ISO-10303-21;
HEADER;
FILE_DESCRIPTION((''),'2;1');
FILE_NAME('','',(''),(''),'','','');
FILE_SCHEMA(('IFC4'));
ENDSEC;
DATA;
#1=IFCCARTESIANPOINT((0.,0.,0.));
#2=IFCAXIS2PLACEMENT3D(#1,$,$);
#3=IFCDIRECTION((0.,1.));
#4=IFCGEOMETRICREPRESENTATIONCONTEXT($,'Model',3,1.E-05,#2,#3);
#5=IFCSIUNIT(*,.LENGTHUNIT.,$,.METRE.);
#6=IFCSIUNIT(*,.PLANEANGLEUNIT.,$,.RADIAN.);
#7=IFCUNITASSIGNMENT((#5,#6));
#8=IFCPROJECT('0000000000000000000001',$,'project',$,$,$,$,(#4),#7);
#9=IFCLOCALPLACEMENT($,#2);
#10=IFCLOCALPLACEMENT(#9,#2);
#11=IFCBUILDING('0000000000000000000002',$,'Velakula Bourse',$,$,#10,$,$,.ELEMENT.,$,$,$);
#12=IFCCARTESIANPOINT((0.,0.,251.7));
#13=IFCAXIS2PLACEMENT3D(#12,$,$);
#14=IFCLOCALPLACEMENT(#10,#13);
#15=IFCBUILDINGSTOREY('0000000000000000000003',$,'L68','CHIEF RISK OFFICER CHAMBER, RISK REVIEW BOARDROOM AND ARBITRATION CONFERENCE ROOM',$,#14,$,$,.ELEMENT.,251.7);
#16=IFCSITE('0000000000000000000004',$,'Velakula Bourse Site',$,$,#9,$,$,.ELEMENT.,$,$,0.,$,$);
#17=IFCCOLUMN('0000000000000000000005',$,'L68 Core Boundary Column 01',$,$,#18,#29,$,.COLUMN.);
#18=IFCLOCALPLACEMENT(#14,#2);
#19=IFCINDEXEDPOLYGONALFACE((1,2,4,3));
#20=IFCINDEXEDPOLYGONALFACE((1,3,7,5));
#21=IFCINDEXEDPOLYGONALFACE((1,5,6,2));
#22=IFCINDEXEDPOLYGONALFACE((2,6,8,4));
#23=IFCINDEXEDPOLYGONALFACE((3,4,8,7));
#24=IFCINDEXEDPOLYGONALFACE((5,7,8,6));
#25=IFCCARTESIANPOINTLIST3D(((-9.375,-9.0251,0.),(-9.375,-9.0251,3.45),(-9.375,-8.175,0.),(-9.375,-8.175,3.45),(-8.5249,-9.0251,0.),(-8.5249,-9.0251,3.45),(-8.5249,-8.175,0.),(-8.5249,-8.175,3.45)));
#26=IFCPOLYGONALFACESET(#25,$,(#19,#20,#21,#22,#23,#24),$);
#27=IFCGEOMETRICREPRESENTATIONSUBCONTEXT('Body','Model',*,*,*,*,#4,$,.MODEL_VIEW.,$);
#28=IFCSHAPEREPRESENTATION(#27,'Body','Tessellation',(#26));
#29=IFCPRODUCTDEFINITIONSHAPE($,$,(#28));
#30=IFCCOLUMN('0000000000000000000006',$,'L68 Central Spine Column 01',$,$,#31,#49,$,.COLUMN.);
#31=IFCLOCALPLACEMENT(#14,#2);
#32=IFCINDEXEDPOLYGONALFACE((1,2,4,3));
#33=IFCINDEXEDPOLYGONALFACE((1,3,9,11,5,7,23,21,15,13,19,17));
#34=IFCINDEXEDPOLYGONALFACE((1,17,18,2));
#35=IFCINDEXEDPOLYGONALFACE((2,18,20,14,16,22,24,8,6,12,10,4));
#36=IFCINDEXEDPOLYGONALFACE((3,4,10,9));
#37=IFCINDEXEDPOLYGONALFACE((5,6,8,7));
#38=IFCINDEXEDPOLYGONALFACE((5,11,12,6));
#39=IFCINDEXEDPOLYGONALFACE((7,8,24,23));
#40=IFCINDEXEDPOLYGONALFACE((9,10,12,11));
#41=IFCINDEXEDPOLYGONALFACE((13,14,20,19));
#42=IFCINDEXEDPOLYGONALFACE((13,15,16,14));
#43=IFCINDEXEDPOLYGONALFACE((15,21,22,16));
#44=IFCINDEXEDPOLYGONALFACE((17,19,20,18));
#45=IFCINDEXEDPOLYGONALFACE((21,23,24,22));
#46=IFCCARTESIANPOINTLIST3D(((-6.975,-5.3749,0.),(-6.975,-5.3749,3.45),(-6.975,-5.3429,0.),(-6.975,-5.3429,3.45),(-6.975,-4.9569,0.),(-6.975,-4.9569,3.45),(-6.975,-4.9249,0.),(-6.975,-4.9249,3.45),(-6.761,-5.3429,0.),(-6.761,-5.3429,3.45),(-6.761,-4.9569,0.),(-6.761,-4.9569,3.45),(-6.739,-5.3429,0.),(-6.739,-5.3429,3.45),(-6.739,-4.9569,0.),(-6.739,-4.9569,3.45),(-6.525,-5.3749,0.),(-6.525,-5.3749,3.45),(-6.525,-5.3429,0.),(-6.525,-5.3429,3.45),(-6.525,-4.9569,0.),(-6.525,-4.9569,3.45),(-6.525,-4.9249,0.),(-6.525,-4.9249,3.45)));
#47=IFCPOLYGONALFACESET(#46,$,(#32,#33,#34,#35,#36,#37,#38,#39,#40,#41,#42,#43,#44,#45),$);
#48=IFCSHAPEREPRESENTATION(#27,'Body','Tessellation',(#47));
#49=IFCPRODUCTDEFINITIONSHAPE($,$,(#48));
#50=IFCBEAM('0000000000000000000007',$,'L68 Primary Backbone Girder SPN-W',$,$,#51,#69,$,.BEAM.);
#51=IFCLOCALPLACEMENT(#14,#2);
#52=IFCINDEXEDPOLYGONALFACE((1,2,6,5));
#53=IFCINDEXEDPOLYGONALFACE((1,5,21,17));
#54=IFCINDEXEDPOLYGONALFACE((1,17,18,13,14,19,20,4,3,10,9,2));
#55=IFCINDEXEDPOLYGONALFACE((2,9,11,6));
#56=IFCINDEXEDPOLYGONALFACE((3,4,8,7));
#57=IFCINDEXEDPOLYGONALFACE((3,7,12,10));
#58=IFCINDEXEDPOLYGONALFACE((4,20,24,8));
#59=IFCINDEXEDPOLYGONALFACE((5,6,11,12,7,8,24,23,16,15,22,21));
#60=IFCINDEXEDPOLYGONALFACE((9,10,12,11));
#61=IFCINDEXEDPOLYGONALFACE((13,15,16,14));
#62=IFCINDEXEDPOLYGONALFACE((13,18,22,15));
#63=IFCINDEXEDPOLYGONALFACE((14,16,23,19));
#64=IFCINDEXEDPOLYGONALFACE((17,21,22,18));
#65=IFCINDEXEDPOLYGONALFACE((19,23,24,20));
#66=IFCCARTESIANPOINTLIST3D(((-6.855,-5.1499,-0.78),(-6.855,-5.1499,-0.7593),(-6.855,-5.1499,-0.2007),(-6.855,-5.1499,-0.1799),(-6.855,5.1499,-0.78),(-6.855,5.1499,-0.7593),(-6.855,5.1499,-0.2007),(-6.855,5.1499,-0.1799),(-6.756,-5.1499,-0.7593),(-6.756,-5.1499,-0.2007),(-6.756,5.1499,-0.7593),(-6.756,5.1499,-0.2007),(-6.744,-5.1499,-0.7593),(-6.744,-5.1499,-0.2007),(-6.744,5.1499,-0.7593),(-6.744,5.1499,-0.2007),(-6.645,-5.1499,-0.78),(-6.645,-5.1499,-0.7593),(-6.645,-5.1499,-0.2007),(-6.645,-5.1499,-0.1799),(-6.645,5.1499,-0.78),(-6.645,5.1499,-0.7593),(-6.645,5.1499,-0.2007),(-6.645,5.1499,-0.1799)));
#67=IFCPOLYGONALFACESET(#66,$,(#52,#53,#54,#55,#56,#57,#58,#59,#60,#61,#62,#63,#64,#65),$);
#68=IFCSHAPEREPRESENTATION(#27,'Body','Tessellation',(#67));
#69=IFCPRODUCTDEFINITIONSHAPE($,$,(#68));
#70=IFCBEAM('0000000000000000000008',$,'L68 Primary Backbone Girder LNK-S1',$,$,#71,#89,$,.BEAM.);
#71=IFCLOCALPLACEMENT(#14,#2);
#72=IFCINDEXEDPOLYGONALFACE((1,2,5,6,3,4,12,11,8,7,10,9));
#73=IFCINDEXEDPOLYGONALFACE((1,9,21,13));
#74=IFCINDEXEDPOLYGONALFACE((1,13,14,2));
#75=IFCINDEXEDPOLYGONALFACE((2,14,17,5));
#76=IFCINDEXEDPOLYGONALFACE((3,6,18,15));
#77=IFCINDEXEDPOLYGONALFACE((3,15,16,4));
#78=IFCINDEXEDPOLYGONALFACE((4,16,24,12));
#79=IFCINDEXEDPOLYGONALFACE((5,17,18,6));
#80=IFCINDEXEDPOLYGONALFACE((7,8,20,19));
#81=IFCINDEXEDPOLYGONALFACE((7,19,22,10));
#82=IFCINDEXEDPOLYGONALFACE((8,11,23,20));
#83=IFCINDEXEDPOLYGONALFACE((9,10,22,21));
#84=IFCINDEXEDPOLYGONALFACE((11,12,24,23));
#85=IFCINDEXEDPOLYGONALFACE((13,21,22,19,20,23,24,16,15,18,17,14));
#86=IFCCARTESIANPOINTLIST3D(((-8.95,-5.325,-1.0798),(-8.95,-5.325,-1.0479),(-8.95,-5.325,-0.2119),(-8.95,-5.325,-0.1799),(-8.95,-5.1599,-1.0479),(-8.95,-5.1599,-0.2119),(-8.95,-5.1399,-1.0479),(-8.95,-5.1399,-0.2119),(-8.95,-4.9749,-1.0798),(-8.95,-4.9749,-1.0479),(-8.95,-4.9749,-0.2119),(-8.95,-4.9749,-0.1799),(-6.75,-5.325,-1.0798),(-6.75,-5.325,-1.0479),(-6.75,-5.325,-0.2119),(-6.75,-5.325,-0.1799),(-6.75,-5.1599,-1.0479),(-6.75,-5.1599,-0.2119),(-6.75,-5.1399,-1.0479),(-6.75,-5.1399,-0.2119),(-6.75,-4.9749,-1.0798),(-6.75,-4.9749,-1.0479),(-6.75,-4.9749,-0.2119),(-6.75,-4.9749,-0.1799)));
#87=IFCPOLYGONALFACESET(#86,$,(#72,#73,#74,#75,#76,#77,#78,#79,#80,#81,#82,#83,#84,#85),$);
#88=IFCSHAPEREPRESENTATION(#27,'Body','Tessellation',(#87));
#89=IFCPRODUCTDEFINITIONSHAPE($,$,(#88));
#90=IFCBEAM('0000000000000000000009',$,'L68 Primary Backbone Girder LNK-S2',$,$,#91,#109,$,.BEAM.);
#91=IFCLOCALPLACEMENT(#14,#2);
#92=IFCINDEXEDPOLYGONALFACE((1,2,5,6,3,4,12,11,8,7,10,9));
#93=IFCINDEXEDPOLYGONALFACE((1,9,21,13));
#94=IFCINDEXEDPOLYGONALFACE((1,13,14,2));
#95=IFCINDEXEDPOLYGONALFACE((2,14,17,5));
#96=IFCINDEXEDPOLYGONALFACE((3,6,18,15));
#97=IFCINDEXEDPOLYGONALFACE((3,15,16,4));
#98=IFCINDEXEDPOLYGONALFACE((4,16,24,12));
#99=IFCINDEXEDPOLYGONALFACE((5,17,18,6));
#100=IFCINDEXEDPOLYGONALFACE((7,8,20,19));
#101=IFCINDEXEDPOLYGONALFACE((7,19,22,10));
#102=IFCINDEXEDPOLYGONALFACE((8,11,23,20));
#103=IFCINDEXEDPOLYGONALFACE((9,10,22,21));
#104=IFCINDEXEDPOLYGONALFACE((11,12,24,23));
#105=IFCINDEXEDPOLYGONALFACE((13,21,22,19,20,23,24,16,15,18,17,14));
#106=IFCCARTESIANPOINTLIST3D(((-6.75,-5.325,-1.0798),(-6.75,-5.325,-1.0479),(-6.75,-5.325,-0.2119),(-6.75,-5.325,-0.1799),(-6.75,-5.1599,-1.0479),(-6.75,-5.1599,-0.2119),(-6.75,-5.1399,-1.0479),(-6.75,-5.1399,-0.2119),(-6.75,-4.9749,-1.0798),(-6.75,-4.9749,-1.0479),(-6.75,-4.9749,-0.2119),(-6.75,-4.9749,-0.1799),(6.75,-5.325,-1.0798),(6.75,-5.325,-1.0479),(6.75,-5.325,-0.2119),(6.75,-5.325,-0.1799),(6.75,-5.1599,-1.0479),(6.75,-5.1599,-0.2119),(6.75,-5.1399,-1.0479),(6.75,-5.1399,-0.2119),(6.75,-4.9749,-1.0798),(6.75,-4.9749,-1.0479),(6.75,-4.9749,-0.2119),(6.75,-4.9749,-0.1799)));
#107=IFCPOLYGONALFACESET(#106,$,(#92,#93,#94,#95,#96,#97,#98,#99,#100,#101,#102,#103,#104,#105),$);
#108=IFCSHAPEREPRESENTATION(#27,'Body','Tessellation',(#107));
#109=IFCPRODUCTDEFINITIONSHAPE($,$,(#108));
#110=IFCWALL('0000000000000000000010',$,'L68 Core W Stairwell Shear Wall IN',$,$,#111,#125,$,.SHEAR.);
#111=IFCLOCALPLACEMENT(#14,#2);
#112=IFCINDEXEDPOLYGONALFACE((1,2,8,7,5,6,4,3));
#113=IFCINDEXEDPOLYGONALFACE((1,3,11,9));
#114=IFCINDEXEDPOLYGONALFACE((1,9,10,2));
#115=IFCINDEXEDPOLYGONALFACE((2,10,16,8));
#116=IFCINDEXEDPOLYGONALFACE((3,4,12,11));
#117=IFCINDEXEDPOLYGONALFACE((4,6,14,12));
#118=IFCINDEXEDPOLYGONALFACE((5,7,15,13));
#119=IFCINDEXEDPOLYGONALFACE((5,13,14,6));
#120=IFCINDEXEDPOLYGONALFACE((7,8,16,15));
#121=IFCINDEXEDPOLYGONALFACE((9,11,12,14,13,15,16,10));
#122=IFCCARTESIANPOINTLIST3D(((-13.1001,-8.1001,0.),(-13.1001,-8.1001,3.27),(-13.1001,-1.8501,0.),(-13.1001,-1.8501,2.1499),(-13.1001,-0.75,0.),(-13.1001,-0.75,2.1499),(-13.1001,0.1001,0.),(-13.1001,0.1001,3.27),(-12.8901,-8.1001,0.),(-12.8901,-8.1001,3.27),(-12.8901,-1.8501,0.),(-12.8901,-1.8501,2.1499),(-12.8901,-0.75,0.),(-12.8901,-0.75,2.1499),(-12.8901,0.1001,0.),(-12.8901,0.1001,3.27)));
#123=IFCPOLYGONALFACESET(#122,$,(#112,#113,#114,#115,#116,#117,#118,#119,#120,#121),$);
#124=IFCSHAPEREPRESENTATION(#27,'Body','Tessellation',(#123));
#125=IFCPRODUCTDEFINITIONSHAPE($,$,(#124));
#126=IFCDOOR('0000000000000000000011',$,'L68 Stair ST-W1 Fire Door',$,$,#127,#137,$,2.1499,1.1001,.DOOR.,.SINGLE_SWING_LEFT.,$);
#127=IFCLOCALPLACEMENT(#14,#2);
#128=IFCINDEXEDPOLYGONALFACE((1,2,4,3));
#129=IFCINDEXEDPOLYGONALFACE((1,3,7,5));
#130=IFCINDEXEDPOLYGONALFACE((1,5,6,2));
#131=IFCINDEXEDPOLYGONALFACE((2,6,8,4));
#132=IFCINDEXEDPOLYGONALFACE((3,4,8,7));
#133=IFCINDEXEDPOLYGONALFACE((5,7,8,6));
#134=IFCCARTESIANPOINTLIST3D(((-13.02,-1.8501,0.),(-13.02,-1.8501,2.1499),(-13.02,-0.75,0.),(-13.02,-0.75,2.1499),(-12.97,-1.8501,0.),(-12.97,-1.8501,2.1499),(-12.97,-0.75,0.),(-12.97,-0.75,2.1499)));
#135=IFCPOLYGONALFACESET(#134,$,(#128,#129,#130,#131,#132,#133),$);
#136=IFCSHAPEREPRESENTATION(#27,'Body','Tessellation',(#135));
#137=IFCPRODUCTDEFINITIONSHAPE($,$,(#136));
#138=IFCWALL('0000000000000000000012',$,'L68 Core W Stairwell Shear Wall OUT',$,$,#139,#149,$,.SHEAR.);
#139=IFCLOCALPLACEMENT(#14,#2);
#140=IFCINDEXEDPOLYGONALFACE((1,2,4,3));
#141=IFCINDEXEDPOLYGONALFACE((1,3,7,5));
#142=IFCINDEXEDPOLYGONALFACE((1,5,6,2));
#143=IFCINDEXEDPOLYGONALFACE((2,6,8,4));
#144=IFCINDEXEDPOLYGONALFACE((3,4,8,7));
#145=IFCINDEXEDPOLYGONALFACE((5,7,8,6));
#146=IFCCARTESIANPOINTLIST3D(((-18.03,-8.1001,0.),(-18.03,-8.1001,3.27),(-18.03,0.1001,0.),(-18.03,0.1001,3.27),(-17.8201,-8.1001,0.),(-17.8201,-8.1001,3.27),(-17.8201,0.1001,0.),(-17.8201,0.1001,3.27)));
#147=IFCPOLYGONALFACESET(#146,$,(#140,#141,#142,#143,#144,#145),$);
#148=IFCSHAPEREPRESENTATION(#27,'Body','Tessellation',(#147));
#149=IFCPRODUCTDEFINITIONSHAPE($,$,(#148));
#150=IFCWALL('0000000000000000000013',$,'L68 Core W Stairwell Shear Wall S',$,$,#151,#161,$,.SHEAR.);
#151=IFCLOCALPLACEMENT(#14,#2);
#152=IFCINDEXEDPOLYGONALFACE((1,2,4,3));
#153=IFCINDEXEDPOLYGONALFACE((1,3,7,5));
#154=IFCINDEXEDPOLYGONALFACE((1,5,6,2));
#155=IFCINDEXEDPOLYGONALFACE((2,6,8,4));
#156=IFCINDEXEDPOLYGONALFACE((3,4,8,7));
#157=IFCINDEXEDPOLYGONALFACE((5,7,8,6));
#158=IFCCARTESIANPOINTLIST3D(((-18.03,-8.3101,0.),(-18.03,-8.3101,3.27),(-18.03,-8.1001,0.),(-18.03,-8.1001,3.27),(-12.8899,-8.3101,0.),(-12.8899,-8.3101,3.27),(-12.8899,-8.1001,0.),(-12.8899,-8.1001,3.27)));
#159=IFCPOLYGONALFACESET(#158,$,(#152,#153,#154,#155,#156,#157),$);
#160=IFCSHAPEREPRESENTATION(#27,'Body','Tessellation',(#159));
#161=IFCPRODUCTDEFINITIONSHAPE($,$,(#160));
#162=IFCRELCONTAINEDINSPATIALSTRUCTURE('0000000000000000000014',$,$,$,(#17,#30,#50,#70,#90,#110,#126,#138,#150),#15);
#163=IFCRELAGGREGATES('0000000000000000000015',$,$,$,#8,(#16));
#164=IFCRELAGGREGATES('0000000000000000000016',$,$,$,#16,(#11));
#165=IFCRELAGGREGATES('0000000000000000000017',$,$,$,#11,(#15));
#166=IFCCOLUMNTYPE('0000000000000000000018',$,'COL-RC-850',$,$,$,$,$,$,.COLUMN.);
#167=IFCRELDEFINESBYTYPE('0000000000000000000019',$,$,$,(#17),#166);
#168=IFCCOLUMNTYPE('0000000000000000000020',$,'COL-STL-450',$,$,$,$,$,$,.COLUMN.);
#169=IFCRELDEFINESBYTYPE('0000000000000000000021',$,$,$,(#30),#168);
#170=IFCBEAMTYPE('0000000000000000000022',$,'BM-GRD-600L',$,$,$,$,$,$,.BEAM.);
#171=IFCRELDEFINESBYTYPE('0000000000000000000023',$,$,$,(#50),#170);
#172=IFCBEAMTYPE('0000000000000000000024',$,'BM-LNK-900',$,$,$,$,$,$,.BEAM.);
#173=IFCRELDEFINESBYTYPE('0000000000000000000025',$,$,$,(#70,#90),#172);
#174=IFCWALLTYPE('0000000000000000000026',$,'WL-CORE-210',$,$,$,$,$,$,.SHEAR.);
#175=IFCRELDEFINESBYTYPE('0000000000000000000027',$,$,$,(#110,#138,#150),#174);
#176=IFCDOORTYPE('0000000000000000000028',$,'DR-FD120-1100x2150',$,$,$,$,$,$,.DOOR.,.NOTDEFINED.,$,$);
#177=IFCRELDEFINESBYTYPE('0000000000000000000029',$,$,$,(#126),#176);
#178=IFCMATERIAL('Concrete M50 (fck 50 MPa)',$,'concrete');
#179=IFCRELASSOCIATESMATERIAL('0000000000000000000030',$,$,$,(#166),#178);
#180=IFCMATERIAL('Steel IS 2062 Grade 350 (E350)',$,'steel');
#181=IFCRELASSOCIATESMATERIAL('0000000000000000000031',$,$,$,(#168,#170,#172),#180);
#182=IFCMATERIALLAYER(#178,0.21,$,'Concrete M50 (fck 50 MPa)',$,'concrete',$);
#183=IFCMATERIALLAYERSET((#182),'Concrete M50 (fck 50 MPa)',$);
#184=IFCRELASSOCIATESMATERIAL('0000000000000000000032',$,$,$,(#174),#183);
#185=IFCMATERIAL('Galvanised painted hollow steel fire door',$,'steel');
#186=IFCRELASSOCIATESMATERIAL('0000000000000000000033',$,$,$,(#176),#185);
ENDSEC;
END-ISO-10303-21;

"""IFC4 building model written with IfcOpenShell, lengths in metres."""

from ifc_helpers import new_model, si_unit, direction, frame, frame_2d, origin, origin_2d, place, context, subcontext, project, spatial, rectangle, i_section, extrude, material, layer, layer_set, material_profile, profile_set, type_object, element, fill, save


model = new_model("IFC4")

# Units and contexts
model_context = context("Model", 3, precision=1e-05, world=origin(), true_north=direction((0.0, 1.0)))
body_context = subcontext(model_context, "Body", "Model", "MODEL_VIEW")
ifc_project = project(units=[si_unit("LENGTHUNIT", "METRE"), si_unit("PLANEANGLEUNIT", "RADIAN")], contexts=[model_context])

# Site, building, storey
site_placement = place(None, origin())
site = spatial("IfcSite", under=ifc_project, at=site_placement, Name="Velakula Bourse Site", CompositionType="ELEMENT", RefElevation=0.0)
building_placement = place(site_placement, origin())
building = spatial("IfcBuilding", under=site, at=building_placement, Name="Velakula Bourse", CompositionType="ELEMENT")
storey_placement = place(building_placement, frame((0.0, 0.0, 251.7)))
storey = spatial("IfcBuildingStorey", under=building, at=storey_placement, Name="L68", Description="CHIEF RISK OFFICER CHAMBER, RISK REVIEW BOARDROOM AND ARBITRATION CONFERENCE ROOM", CompositionType="ELEMENT", Elevation=251.7)

# Columns
ifc_material_1 = material(Name="Concrete M50 (fck 50 MPa)", Category="concrete")
ifc_material_profile_1 = material_profile(ifc_material_1, rectangle(XDim=0.8501, YDim=0.8501, at=origin_2d()), Name="Concrete M50 (fck 50 MPa)")
ifc_profile_set_1 = profile_set([ifc_material_profile_1], Name="Concrete M50 (fck 50 MPa)")
column_type_1 = type_object("IfcColumnType", Name="COL-RC-850", PredefinedType="COLUMN", material=ifc_profile_set_1)
column_1_placement = place(storey_placement, frame((-8.95, -8.6001, 0.0), z_axis=(0.0, 0.0, 1.0), x_axis=(1.0, 0.0, 0.0)))
element("IfcColumn", 1, at=column_1_placement, inside=storey, type_object=column_type_1, Name="L68 Core Boundary Column 01", PredefinedType="COLUMN", context=body_context, shape_type="SweptSolid", body=[
    extrude(rectangle(XDim=0.8501, YDim=0.8501, at=origin_2d()), origin(), (0.0, 0.0, 1.0), 3.45),
])
ifc_material_2 = material(Name="Steel IS 2062 Grade 350 (E350)", Category="steel")
ifc_material_profile_2 = material_profile(ifc_material_2, i_section(OverallWidth=0.45, OverallDepth=0.45, WebThickness=0.022, FlangeThickness=0.032, at=origin_2d()), Name="Steel IS 2062 Grade 350 (E350)")
ifc_profile_set_2 = profile_set([ifc_material_profile_2], Name="Steel IS 2062 Grade 350 (E350)")
column_type_2 = type_object("IfcColumnType", Name="COL-STL-450", PredefinedType="COLUMN", material=ifc_profile_set_2)
column_2_placement = place(storey_placement, frame((-6.75, -5.1499, 0.0), z_axis=(0.0, 0.0, 1.0), x_axis=(1.0, 0.0, 0.0)))
element("IfcColumn", 2, at=column_2_placement, inside=storey, type_object=column_type_2, Name="L68 Central Spine Column 01", PredefinedType="COLUMN", context=body_context, shape_type="SweptSolid", body=[
    extrude(i_section(OverallWidth=0.45, OverallDepth=0.45, WebThickness=0.022, FlangeThickness=0.032, at=origin_2d()), origin(), (0.0, 0.0, 1.0), 3.45),
])

# Beams
ifc_material_profile_3 = material_profile(ifc_material_2, i_section(OverallWidth=0.21, OverallDepth=0.6001, WebThickness=0.012, FlangeThickness=0.0208, at=origin_2d()), Name="Steel IS 2062 Grade 350 (E350)")
ifc_profile_set_3 = profile_set([ifc_material_profile_3], Name="Steel IS 2062 Grade 350 (E350)")
beam_type_1 = type_object("IfcBeamType", Name="BM-GRD-600L", PredefinedType="BEAM", material=ifc_profile_set_3)
beam_1_placement = place(storey_placement, frame((-6.75, -5.1499, -0.48), z_axis=(0.0, 1.0, 0.0), x_axis=(-1.0, 0.0, 0.0)))
element("IfcBeam", 3, at=beam_1_placement, inside=storey, type_object=beam_type_1, Name="L68 Primary Backbone Girder SPN-W", PredefinedType="BEAM", context=body_context, shape_type="SweptSolid", body=[
    extrude(i_section(OverallWidth=0.21, OverallDepth=0.6001, WebThickness=0.012, FlangeThickness=0.0208, at=origin_2d()), origin(), (0.0, 0.0, 1.0), 10.2998),
])
ifc_material_profile_4 = material_profile(ifc_material_2, i_section(OverallWidth=0.3501, OverallDepth=0.8999, WebThickness=0.02, FlangeThickness=0.032, at=origin_2d()), Name="Steel IS 2062 Grade 350 (E350)")
ifc_profile_set_4 = profile_set([ifc_material_profile_4], Name="Steel IS 2062 Grade 350 (E350)")
beam_type_2 = type_object("IfcBeamType", Name="BM-LNK-900", PredefinedType="BEAM", material=ifc_profile_set_4)
beam_2_placement = place(storey_placement, frame((-8.95, -5.1499, -0.6299), z_axis=(1.0, 0.0, 0.0), x_axis=(0.0, 1.0, 0.0)))
element("IfcBeam", 4, at=beam_2_placement, inside=storey, type_object=beam_type_2, Name="L68 Primary Backbone Girder LNK-S1", PredefinedType="BEAM", context=body_context, shape_type="SweptSolid", body=[
    extrude(i_section(OverallWidth=0.3501, OverallDepth=0.8999, WebThickness=0.02, FlangeThickness=0.032, at=origin_2d()), origin(), (0.0, 0.0, 1.0), 2.2),
])
beam_3_placement = place(storey_placement, frame((-6.75, -5.1499, -0.6299), z_axis=(1.0, 0.0, 0.0), x_axis=(0.0, 1.0, 0.0)))
element("IfcBeam", 5, at=beam_3_placement, inside=storey, type_object=beam_type_2, Name="L68 Primary Backbone Girder LNK-S2", PredefinedType="BEAM", context=body_context, shape_type="SweptSolid", body=[
    extrude(i_section(OverallWidth=0.3501, OverallDepth=0.8999, WebThickness=0.02, FlangeThickness=0.032, at=origin_2d()), origin(), (0.0, 0.0, 1.0), 13.5),
])

# Wall, opening, door
ifc_layer_1 = layer(ifc_material_1, 0.21, Name="Concrete M50 (fck 50 MPa)", Category="concrete")
ifc_layer_set_1 = layer_set([ifc_layer_1], Name="Concrete M50 (fck 50 MPa)")
wall_type_1 = type_object("IfcWallType", Name="WL-CORE-210", PredefinedType="SHEAR", material=ifc_layer_set_1)
wall_1_placement = place(storey_placement, frame((-12.9951, -8.1001, 0.0), z_axis=(0.0, 0.0, 1.0), x_axis=(0.0, 1.0, 0.0)))
wall_1 = element("IfcWall", 6, at=wall_1_placement, inside=storey, type_object=wall_type_1, Name="L68 Core W Stairwell Shear Wall IN", PredefinedType="SHEAR", context=body_context, shape_type="SweptSolid", body=[
    extrude(rectangle(XDim=8.2002, YDim=0.21, at=frame_2d((4.1001, 0.0))), origin(), (0.0, 0.0, 1.0), 3.27),
])
opening_1_placement = place(wall_1_placement, frame((6.25, 0.0, 0.0)))
opening_1 = element("IfcOpeningElement", 7, at=opening_1_placement, cuts=wall_1, PredefinedType="OPENING", context=body_context, shape_type="SweptSolid", body=[
    extrude(rectangle(XDim=1.1001, YDim=2.1499, at=frame_2d((0.55, 1.075))), frame((0.0, 0.115, 0.0), z_axis=(0.0, -1.0, 0.0), x_axis=(1.0, 0.0, 0.0)), (0.0, 0.0, 1.0), 0.23),
])
ifc_material_3 = material(Name="Galvanised painted hollow steel fire door", Category="steel")
door_type_1 = type_object("IfcDoorType", Name="DR-FD120-1100x2150", OperationType="NOTDEFINED", PredefinedType="DOOR", material=ifc_material_3)
door_1_placement = place(opening_1_placement, origin())
door_1 = element("IfcDoor", 8, at=door_1_placement, inside=storey, type_object=door_type_1, Name="L68 Stair ST-W1 Fire Door", OperationType="SINGLE_SWING_LEFT", OverallHeight=2.1499, OverallWidth=1.1001, PredefinedType="DOOR", context=body_context, shape_type="SweptSolid", body=[
    extrude(rectangle(XDim=1.1001, YDim=2.1499, at=frame_2d((0.55, 1.075))), frame((0.0, 0.0249, 0.0), z_axis=(0.0, -1.0, 0.0), x_axis=(1.0, 0.0, 0.0)), (0.0, 0.0, 1.0), 0.05),
])
fill(opening_1, door_1)

# Walls
wall_2_placement = place(storey_placement, frame((-17.925, -8.1001, 0.0), z_axis=(0.0, 0.0, 1.0), x_axis=(0.0, 1.0, 0.0)))
element("IfcWall", 9, at=wall_2_placement, inside=storey, type_object=wall_type_1, Name="L68 Core W Stairwell Shear Wall OUT", PredefinedType="SHEAR", context=body_context, shape_type="SweptSolid", body=[
    extrude(rectangle(XDim=8.2002, YDim=0.21, at=frame_2d((4.1001, 0.0))), origin(), (0.0, 0.0, 1.0), 3.27),
])
wall_3_placement = place(storey_placement, frame((-18.03, -8.2051, 0.0), z_axis=(0.0, 0.0, 1.0), x_axis=(1.0, 0.0, 0.0)))
element("IfcWall", 10, at=wall_3_placement, inside=storey, type_object=wall_type_1, Name="L68 Core W Stairwell Shear Wall S", PredefinedType="SHEAR", context=body_context, shape_type="SweptSolid", body=[
    extrude(rectangle(XDim=5.1401, YDim=0.21, at=frame_2d((2.5701, 0.0))), origin(), (0.0, 0.0, 1.0), 3.27),
])

save(model, "model.ifc")
